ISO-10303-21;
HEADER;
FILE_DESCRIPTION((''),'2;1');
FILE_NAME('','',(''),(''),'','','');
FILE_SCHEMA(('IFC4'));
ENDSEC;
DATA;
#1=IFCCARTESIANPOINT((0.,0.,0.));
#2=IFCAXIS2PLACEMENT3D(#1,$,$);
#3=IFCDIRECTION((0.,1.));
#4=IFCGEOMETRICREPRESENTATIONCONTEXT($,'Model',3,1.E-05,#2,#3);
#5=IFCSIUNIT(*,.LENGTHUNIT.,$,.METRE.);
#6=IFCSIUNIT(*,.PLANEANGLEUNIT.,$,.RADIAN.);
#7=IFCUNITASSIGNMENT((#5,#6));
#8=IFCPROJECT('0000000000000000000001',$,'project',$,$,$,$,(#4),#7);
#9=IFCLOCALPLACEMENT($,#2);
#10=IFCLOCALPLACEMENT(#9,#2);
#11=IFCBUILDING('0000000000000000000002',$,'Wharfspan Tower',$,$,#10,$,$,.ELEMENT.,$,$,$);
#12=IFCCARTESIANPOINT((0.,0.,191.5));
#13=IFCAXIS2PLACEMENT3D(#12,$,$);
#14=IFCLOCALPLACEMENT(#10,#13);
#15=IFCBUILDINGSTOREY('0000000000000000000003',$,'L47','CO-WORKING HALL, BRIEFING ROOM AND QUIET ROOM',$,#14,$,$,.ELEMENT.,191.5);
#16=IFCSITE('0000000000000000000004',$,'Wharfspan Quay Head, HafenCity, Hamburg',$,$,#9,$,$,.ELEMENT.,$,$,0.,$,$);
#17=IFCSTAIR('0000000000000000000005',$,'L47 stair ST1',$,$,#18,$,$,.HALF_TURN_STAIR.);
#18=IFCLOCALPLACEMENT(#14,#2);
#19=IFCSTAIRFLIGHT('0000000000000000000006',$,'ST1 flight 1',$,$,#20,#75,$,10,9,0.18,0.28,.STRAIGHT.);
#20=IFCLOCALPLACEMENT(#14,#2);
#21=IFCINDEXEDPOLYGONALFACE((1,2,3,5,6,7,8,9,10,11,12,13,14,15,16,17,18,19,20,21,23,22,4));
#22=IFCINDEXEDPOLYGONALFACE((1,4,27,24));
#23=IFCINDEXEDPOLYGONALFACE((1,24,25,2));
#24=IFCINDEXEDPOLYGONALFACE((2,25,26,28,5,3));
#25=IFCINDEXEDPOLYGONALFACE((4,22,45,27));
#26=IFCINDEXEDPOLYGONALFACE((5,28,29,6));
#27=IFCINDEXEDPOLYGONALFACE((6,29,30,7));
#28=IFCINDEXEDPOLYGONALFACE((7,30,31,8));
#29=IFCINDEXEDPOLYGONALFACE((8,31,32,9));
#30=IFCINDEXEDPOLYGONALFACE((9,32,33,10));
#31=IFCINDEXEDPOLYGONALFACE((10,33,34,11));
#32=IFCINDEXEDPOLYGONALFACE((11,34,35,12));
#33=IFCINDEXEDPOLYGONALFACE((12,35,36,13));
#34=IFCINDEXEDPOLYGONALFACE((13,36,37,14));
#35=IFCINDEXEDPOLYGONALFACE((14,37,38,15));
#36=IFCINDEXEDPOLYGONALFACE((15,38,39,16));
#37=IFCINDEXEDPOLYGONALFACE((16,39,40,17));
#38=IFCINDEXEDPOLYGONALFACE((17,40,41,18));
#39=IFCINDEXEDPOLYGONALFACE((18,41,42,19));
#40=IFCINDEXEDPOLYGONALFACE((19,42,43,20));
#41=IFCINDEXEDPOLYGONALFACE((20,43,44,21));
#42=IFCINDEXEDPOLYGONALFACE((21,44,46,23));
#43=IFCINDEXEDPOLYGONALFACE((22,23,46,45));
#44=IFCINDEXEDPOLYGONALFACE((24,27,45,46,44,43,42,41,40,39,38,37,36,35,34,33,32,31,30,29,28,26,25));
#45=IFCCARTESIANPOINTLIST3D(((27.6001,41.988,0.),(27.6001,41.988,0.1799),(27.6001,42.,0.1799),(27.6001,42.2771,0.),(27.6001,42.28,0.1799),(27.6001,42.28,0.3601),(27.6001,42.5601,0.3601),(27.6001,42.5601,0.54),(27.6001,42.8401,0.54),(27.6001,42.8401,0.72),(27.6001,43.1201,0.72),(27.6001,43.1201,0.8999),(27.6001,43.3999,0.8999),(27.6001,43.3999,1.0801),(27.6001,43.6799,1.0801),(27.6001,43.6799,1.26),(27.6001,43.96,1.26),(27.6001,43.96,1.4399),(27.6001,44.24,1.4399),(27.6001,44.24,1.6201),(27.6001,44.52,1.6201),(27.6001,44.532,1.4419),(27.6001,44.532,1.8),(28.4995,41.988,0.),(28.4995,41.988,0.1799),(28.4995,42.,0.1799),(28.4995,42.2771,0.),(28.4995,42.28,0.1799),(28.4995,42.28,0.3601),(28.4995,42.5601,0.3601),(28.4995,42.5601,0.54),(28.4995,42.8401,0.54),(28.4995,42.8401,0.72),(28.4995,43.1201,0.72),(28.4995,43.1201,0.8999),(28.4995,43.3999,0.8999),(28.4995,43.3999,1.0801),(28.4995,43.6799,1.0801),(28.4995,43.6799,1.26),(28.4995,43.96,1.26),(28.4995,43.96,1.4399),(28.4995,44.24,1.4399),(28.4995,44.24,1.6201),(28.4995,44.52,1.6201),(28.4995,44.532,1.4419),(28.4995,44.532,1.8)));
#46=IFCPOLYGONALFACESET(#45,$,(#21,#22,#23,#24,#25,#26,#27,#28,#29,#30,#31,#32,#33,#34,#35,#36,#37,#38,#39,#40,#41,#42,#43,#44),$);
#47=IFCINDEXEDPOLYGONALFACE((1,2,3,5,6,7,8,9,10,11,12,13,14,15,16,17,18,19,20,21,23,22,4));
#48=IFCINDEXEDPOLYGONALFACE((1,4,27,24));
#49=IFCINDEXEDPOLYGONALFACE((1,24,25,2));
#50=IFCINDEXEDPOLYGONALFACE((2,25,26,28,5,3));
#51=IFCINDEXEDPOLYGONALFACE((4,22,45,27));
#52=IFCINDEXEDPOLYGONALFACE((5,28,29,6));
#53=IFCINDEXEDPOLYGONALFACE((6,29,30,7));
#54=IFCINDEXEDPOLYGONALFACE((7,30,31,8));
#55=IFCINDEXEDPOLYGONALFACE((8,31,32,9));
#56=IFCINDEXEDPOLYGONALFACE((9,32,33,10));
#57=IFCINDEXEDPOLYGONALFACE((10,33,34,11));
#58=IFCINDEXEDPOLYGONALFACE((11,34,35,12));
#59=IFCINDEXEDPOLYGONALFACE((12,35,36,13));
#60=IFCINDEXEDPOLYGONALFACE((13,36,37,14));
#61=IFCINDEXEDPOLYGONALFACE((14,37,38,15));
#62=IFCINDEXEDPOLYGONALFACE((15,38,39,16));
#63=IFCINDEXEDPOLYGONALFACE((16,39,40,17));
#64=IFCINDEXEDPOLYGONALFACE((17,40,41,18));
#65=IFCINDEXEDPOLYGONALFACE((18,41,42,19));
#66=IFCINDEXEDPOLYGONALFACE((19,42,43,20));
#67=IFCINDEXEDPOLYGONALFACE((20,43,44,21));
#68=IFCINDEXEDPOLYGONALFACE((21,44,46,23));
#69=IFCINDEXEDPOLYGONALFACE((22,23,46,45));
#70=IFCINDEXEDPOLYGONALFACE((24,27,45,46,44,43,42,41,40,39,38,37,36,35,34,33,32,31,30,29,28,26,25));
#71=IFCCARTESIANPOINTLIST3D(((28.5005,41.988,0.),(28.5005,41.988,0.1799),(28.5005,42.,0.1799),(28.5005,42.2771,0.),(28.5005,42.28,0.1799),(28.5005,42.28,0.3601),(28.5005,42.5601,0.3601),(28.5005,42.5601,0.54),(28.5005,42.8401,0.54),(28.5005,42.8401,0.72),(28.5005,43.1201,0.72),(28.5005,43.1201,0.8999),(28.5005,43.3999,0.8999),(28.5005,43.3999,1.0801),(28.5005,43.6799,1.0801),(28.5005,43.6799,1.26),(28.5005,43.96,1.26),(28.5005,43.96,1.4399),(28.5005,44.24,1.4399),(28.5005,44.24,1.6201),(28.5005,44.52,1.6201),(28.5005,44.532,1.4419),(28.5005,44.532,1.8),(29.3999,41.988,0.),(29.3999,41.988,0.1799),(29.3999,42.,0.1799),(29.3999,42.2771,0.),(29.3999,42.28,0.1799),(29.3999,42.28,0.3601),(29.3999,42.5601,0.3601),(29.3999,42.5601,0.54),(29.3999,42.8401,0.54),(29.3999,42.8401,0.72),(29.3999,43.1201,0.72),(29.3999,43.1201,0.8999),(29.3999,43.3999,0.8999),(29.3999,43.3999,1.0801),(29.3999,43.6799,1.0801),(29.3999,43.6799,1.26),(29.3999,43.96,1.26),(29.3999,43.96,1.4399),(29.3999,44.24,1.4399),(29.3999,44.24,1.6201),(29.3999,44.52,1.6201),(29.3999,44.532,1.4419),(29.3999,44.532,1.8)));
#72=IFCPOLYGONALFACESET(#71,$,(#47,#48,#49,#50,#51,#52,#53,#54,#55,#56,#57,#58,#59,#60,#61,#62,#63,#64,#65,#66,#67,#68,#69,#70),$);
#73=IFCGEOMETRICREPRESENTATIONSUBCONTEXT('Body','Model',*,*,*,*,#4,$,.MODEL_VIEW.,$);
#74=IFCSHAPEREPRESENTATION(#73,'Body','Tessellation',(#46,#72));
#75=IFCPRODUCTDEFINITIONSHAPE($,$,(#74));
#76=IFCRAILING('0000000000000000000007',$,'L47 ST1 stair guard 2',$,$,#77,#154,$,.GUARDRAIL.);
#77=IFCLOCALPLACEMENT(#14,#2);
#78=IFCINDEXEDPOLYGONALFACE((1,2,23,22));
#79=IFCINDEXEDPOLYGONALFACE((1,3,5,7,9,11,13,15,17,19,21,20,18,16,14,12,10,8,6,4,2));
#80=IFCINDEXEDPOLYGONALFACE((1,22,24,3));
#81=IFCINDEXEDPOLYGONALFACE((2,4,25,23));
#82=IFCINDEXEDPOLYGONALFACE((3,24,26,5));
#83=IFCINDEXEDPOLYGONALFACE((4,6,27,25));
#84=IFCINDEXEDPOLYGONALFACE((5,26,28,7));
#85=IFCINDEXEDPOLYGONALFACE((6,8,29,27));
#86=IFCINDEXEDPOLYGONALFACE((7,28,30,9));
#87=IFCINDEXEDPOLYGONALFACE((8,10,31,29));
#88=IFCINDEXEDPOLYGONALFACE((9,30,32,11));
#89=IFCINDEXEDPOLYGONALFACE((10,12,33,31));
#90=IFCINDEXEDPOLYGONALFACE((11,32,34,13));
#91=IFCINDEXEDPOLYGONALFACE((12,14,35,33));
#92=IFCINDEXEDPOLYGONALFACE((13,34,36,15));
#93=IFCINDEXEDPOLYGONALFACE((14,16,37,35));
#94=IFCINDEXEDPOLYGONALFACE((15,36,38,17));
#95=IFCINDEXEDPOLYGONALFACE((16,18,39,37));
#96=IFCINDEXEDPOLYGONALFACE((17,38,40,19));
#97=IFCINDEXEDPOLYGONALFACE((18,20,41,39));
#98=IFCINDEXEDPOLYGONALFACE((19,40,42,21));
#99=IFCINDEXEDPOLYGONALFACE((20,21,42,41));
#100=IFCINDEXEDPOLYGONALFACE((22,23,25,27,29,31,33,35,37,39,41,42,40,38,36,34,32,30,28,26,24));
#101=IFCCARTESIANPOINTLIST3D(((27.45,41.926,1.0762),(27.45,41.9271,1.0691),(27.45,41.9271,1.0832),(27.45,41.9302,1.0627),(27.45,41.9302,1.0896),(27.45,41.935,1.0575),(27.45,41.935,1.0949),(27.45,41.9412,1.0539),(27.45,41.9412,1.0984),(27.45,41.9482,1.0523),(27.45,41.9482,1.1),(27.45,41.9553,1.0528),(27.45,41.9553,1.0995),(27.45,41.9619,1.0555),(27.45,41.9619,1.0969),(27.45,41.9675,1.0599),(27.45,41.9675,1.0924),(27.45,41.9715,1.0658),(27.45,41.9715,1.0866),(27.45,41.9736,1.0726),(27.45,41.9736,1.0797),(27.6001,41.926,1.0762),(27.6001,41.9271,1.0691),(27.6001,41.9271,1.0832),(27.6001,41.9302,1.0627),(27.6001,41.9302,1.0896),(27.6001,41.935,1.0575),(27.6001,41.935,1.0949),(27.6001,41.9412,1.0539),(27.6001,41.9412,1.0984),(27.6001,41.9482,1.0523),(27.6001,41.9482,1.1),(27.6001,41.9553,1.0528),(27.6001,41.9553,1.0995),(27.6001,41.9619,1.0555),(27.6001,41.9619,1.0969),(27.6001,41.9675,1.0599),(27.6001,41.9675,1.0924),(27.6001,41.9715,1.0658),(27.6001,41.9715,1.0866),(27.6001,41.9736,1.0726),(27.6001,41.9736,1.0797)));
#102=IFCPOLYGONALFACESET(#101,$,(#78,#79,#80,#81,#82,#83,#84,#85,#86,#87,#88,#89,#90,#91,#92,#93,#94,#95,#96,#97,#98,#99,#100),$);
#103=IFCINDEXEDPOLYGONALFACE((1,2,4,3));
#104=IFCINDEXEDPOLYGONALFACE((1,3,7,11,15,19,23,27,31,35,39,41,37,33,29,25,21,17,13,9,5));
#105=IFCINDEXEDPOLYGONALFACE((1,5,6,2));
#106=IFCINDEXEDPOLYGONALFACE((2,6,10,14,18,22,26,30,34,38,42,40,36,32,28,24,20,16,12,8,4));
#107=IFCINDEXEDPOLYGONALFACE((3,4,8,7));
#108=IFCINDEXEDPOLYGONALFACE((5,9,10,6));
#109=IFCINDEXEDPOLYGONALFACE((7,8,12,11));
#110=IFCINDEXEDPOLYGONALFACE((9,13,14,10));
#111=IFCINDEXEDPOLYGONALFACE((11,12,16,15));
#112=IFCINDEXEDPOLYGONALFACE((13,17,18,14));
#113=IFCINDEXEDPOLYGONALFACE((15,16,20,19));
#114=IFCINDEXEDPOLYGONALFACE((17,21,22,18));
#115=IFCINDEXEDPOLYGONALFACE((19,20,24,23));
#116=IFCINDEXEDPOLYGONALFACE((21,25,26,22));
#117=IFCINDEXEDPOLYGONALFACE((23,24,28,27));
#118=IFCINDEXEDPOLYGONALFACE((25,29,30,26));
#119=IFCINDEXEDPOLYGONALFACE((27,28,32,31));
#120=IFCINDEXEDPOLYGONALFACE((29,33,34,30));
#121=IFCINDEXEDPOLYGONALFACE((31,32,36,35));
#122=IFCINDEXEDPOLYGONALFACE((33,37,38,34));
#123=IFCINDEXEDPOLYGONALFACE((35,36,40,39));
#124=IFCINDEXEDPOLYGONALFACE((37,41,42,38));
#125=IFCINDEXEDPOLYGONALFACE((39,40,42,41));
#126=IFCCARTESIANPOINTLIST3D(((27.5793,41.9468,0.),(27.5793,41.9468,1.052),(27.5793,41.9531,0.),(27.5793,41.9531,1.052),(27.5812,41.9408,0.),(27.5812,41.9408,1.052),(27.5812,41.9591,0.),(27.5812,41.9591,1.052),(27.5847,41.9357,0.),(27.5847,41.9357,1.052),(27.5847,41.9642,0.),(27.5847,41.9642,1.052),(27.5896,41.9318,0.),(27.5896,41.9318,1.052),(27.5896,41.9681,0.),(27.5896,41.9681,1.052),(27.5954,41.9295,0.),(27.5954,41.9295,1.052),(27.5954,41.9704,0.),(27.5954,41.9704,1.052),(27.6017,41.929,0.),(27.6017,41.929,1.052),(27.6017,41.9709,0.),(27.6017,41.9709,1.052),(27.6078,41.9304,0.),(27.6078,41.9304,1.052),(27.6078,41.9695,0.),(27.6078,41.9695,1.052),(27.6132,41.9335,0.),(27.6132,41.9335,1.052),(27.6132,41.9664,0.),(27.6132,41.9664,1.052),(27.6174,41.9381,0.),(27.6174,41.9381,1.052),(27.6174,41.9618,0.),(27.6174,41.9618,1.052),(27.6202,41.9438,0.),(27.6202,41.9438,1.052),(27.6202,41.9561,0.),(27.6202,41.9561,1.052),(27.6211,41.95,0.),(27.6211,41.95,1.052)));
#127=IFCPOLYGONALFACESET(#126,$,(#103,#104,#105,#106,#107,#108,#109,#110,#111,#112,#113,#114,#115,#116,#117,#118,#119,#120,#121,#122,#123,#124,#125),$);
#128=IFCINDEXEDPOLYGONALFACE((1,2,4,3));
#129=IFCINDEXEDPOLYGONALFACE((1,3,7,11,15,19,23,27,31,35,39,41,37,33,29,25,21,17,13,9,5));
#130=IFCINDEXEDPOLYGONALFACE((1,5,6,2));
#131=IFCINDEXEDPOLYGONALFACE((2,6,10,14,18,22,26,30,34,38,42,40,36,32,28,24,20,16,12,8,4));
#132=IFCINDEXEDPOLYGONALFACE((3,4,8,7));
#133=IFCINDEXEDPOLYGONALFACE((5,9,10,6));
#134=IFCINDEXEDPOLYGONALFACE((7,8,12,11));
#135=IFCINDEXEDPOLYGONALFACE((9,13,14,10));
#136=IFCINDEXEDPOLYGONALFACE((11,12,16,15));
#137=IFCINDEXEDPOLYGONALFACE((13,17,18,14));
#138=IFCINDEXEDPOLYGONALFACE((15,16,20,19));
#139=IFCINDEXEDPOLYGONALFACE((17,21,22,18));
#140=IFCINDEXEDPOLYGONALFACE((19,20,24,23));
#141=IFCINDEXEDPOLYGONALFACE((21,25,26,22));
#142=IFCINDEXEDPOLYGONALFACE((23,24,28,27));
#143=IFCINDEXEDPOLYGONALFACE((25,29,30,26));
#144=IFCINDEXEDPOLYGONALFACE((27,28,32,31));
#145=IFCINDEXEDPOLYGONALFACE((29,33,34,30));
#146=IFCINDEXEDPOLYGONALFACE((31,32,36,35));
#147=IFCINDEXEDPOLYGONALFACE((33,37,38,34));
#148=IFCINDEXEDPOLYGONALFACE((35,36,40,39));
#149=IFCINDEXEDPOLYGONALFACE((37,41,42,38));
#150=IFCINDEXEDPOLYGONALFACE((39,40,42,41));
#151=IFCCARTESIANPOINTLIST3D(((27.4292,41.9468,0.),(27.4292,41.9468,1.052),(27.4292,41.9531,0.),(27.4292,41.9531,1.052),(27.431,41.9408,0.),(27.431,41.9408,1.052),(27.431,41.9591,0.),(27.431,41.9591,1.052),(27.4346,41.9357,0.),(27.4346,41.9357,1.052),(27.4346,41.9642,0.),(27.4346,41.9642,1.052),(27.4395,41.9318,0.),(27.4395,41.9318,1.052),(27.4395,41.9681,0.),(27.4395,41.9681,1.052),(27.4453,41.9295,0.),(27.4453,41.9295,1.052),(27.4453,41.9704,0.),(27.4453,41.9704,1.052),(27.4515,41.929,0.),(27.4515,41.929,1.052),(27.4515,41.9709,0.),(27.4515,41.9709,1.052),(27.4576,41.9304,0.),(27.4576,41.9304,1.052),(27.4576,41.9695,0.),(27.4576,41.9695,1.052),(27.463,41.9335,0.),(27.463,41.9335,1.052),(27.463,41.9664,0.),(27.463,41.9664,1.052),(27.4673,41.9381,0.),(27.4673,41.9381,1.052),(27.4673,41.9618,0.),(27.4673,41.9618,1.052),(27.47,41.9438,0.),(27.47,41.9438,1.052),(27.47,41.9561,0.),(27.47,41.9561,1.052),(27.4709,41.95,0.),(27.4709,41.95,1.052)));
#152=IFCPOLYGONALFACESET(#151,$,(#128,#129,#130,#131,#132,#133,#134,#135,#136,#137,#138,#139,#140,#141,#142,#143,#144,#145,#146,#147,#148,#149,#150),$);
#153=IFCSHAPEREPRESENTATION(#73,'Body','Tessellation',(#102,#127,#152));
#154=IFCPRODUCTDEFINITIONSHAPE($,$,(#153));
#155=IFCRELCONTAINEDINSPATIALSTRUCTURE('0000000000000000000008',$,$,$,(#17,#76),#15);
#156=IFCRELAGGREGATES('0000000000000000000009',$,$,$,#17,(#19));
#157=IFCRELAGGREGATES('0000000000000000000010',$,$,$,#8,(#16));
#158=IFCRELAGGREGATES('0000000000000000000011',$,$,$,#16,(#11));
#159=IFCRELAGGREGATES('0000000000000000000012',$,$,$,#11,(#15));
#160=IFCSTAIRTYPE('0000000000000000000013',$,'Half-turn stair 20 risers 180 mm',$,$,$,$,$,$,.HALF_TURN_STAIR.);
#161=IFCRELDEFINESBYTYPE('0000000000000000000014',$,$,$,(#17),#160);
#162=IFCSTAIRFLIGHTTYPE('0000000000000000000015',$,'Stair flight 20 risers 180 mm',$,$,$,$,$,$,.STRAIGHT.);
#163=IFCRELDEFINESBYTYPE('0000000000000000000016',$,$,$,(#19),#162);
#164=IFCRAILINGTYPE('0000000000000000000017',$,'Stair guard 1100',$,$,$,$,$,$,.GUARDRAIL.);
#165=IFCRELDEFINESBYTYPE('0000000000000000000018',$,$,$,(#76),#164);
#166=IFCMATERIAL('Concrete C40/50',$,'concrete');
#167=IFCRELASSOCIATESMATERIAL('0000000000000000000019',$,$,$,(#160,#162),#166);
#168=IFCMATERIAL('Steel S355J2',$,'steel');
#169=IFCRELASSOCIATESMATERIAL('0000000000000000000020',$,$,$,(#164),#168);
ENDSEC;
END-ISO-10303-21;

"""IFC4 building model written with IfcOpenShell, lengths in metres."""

from ifc_helpers import new_model, si_unit, direction, frame, origin, origin_2d, place, context, subcontext, project, spatial, polyline, circle, outline, extrude, material, type_object, element, aggregate, save


model = new_model("IFC4")

# Units and contexts
model_context = context("Model", 3, precision=1e-05, world=origin(), true_north=direction((0.0, 1.0)))
body_context = subcontext(model_context, "Body", "Model", "MODEL_VIEW")
ifc_project = project(units=[si_unit("LENGTHUNIT", "METRE"), si_unit("PLANEANGLEUNIT", "RADIAN")], contexts=[model_context])

# Site, building, storey
site_placement = place(None, origin())
site = spatial("IfcSite", under=ifc_project, at=site_placement, Name="Wharfspan Quay Head, HafenCity, Hamburg", CompositionType="ELEMENT", RefElevation=0.0)
building_placement = place(site_placement, origin())
building = spatial("IfcBuilding", under=site, at=building_placement, Name="Wharfspan Tower", CompositionType="ELEMENT")
storey_placement = place(building_placement, frame((0.0, 0.0, 191.5)))
storey = spatial("IfcBuildingStorey", under=building, at=storey_placement, Name="L47", Description="CO-WORKING HALL, BRIEFING ROOM AND QUIET ROOM", CompositionType="ELEMENT", Elevation=191.5)

# Shared definitions
ifc_material_1 = material(Name="Steel S355J2", Category="steel")

# Stair, stair flight
ifc_material_2 = material(Name="Concrete C40/50", Category="concrete")
stair_type = type_object("IfcStairType", Name="Half-turn stair 20 risers 180 mm", PredefinedType="HALF_TURN_STAIR", material=ifc_material_2)
stair_placement = place(storey_placement, origin())
stair = element("IfcStair", 1, at=stair_placement, inside=storey, type_object=stair_type, Name="L47 stair ST1", PredefinedType="HALF_TURN_STAIR")
stair_flight_type = type_object("IfcStairFlightType", Name="Stair flight 20 risers 180 mm", PredefinedType="STRAIGHT", material=ifc_material_2)
stair_flight_placement = place(storey_placement, frame((28.5, 42.0, 0.0), z_axis=(0.0, 0.0, 1.0), x_axis=(0.0, 1.0, 0.0)))
stair_flight = element("IfcStairFlight", 2, at=stair_flight_placement, type_object=stair_flight_type, Name="ST1 flight 1", NumberOfRisers=10, NumberOfTreads=9, PredefinedType="STRAIGHT", RiserHeight=0.18, TreadLength=0.28, context=body_context, shape_type="SweptSolid", body=[
    extrude(outline(polyline([(-0.012, 0.0), (-0.012, 0.1799), (0.0, 0.1799), (0.28, 0.1799), (0.28, 0.3601), (0.5601, 0.3601), (0.5601, 0.54), (0.8401, 0.54), (0.8401, 0.72), (1.1201, 0.72), (1.1201, 0.8999), (1.3999, 0.8999), (1.3999, 1.0801), (1.6799, 1.0801), (1.6799, 1.26), (1.96, 1.26), (1.96, 1.4399), (2.24, 1.4399), (2.24, 1.6201), (2.52, 1.6201), (2.532, 1.8), (2.532, 1.4419), (0.2771, 0.0), (-0.012, 0.0)])), frame((0.0, 0.8999, 0.0), z_axis=(0.0, -1.0, 0.0), x_axis=(1.0, 0.0, 0.0)), (0.0, 0.0, 1.0), 0.8994),
    extrude(outline(polyline([(-0.012, 0.0), (-0.012, 0.1799), (0.0, 0.1799), (0.28, 0.1799), (0.28, 0.3601), (0.5601, 0.3601), (0.5601, 0.54), (0.8401, 0.54), (0.8401, 0.72), (1.1201, 0.72), (1.1201, 0.8999), (1.3999, 0.8999), (1.3999, 1.0801), (1.6799, 1.0801), (1.6799, 1.26), (1.96, 1.26), (1.96, 1.4399), (2.24, 1.4399), (2.24, 1.6201), (2.52, 1.6201), (2.532, 1.8), (2.532, 1.4419), (0.2771, 0.0), (-0.012, 0.0)])), frame((0.0, -0.0005, 0.0), z_axis=(0.0, -1.0, 0.0), x_axis=(1.0, 0.0, 0.0)), (0.0, 0.0, 1.0), 0.8994),
])
aggregate(stair, [stair_flight])

# Railing
railing_type_1 = type_object("IfcRailingType", Name="Stair guard 1100", PredefinedType="GUARDRAIL", material=ifc_material_1)
railing_1_placement = place(storey_placement, frame((27.6001, 41.95, 0.0)))
element("IfcRailing", 3, at=railing_1_placement, inside=storey, type_object=railing_type_1, Name="L47 ST1 stair guard 2", PredefinedType="GUARDRAIL", context=body_context, shape_type="SweptSolid", body=[
    extrude(circle(Radius=0.0239, at=origin_2d()), frame((0.0, 0.0, 1.0762), z_axis=(-1.0, 0.0, 0.0), x_axis=(0.0, -1.0, 0.0)), (0.0, 0.0, 1.0), 0.1501),
    extrude(circle(Radius=0.021, at=origin_2d()), origin(), (0.0, 0.0, 1.0), 1.052),
    extrude(circle(Radius=0.021, at=origin_2d()), frame((-0.1501, 0.0, 0.0)), (0.0, 0.0, 1.0), 1.052),
])

save(model, "model.ifc")
